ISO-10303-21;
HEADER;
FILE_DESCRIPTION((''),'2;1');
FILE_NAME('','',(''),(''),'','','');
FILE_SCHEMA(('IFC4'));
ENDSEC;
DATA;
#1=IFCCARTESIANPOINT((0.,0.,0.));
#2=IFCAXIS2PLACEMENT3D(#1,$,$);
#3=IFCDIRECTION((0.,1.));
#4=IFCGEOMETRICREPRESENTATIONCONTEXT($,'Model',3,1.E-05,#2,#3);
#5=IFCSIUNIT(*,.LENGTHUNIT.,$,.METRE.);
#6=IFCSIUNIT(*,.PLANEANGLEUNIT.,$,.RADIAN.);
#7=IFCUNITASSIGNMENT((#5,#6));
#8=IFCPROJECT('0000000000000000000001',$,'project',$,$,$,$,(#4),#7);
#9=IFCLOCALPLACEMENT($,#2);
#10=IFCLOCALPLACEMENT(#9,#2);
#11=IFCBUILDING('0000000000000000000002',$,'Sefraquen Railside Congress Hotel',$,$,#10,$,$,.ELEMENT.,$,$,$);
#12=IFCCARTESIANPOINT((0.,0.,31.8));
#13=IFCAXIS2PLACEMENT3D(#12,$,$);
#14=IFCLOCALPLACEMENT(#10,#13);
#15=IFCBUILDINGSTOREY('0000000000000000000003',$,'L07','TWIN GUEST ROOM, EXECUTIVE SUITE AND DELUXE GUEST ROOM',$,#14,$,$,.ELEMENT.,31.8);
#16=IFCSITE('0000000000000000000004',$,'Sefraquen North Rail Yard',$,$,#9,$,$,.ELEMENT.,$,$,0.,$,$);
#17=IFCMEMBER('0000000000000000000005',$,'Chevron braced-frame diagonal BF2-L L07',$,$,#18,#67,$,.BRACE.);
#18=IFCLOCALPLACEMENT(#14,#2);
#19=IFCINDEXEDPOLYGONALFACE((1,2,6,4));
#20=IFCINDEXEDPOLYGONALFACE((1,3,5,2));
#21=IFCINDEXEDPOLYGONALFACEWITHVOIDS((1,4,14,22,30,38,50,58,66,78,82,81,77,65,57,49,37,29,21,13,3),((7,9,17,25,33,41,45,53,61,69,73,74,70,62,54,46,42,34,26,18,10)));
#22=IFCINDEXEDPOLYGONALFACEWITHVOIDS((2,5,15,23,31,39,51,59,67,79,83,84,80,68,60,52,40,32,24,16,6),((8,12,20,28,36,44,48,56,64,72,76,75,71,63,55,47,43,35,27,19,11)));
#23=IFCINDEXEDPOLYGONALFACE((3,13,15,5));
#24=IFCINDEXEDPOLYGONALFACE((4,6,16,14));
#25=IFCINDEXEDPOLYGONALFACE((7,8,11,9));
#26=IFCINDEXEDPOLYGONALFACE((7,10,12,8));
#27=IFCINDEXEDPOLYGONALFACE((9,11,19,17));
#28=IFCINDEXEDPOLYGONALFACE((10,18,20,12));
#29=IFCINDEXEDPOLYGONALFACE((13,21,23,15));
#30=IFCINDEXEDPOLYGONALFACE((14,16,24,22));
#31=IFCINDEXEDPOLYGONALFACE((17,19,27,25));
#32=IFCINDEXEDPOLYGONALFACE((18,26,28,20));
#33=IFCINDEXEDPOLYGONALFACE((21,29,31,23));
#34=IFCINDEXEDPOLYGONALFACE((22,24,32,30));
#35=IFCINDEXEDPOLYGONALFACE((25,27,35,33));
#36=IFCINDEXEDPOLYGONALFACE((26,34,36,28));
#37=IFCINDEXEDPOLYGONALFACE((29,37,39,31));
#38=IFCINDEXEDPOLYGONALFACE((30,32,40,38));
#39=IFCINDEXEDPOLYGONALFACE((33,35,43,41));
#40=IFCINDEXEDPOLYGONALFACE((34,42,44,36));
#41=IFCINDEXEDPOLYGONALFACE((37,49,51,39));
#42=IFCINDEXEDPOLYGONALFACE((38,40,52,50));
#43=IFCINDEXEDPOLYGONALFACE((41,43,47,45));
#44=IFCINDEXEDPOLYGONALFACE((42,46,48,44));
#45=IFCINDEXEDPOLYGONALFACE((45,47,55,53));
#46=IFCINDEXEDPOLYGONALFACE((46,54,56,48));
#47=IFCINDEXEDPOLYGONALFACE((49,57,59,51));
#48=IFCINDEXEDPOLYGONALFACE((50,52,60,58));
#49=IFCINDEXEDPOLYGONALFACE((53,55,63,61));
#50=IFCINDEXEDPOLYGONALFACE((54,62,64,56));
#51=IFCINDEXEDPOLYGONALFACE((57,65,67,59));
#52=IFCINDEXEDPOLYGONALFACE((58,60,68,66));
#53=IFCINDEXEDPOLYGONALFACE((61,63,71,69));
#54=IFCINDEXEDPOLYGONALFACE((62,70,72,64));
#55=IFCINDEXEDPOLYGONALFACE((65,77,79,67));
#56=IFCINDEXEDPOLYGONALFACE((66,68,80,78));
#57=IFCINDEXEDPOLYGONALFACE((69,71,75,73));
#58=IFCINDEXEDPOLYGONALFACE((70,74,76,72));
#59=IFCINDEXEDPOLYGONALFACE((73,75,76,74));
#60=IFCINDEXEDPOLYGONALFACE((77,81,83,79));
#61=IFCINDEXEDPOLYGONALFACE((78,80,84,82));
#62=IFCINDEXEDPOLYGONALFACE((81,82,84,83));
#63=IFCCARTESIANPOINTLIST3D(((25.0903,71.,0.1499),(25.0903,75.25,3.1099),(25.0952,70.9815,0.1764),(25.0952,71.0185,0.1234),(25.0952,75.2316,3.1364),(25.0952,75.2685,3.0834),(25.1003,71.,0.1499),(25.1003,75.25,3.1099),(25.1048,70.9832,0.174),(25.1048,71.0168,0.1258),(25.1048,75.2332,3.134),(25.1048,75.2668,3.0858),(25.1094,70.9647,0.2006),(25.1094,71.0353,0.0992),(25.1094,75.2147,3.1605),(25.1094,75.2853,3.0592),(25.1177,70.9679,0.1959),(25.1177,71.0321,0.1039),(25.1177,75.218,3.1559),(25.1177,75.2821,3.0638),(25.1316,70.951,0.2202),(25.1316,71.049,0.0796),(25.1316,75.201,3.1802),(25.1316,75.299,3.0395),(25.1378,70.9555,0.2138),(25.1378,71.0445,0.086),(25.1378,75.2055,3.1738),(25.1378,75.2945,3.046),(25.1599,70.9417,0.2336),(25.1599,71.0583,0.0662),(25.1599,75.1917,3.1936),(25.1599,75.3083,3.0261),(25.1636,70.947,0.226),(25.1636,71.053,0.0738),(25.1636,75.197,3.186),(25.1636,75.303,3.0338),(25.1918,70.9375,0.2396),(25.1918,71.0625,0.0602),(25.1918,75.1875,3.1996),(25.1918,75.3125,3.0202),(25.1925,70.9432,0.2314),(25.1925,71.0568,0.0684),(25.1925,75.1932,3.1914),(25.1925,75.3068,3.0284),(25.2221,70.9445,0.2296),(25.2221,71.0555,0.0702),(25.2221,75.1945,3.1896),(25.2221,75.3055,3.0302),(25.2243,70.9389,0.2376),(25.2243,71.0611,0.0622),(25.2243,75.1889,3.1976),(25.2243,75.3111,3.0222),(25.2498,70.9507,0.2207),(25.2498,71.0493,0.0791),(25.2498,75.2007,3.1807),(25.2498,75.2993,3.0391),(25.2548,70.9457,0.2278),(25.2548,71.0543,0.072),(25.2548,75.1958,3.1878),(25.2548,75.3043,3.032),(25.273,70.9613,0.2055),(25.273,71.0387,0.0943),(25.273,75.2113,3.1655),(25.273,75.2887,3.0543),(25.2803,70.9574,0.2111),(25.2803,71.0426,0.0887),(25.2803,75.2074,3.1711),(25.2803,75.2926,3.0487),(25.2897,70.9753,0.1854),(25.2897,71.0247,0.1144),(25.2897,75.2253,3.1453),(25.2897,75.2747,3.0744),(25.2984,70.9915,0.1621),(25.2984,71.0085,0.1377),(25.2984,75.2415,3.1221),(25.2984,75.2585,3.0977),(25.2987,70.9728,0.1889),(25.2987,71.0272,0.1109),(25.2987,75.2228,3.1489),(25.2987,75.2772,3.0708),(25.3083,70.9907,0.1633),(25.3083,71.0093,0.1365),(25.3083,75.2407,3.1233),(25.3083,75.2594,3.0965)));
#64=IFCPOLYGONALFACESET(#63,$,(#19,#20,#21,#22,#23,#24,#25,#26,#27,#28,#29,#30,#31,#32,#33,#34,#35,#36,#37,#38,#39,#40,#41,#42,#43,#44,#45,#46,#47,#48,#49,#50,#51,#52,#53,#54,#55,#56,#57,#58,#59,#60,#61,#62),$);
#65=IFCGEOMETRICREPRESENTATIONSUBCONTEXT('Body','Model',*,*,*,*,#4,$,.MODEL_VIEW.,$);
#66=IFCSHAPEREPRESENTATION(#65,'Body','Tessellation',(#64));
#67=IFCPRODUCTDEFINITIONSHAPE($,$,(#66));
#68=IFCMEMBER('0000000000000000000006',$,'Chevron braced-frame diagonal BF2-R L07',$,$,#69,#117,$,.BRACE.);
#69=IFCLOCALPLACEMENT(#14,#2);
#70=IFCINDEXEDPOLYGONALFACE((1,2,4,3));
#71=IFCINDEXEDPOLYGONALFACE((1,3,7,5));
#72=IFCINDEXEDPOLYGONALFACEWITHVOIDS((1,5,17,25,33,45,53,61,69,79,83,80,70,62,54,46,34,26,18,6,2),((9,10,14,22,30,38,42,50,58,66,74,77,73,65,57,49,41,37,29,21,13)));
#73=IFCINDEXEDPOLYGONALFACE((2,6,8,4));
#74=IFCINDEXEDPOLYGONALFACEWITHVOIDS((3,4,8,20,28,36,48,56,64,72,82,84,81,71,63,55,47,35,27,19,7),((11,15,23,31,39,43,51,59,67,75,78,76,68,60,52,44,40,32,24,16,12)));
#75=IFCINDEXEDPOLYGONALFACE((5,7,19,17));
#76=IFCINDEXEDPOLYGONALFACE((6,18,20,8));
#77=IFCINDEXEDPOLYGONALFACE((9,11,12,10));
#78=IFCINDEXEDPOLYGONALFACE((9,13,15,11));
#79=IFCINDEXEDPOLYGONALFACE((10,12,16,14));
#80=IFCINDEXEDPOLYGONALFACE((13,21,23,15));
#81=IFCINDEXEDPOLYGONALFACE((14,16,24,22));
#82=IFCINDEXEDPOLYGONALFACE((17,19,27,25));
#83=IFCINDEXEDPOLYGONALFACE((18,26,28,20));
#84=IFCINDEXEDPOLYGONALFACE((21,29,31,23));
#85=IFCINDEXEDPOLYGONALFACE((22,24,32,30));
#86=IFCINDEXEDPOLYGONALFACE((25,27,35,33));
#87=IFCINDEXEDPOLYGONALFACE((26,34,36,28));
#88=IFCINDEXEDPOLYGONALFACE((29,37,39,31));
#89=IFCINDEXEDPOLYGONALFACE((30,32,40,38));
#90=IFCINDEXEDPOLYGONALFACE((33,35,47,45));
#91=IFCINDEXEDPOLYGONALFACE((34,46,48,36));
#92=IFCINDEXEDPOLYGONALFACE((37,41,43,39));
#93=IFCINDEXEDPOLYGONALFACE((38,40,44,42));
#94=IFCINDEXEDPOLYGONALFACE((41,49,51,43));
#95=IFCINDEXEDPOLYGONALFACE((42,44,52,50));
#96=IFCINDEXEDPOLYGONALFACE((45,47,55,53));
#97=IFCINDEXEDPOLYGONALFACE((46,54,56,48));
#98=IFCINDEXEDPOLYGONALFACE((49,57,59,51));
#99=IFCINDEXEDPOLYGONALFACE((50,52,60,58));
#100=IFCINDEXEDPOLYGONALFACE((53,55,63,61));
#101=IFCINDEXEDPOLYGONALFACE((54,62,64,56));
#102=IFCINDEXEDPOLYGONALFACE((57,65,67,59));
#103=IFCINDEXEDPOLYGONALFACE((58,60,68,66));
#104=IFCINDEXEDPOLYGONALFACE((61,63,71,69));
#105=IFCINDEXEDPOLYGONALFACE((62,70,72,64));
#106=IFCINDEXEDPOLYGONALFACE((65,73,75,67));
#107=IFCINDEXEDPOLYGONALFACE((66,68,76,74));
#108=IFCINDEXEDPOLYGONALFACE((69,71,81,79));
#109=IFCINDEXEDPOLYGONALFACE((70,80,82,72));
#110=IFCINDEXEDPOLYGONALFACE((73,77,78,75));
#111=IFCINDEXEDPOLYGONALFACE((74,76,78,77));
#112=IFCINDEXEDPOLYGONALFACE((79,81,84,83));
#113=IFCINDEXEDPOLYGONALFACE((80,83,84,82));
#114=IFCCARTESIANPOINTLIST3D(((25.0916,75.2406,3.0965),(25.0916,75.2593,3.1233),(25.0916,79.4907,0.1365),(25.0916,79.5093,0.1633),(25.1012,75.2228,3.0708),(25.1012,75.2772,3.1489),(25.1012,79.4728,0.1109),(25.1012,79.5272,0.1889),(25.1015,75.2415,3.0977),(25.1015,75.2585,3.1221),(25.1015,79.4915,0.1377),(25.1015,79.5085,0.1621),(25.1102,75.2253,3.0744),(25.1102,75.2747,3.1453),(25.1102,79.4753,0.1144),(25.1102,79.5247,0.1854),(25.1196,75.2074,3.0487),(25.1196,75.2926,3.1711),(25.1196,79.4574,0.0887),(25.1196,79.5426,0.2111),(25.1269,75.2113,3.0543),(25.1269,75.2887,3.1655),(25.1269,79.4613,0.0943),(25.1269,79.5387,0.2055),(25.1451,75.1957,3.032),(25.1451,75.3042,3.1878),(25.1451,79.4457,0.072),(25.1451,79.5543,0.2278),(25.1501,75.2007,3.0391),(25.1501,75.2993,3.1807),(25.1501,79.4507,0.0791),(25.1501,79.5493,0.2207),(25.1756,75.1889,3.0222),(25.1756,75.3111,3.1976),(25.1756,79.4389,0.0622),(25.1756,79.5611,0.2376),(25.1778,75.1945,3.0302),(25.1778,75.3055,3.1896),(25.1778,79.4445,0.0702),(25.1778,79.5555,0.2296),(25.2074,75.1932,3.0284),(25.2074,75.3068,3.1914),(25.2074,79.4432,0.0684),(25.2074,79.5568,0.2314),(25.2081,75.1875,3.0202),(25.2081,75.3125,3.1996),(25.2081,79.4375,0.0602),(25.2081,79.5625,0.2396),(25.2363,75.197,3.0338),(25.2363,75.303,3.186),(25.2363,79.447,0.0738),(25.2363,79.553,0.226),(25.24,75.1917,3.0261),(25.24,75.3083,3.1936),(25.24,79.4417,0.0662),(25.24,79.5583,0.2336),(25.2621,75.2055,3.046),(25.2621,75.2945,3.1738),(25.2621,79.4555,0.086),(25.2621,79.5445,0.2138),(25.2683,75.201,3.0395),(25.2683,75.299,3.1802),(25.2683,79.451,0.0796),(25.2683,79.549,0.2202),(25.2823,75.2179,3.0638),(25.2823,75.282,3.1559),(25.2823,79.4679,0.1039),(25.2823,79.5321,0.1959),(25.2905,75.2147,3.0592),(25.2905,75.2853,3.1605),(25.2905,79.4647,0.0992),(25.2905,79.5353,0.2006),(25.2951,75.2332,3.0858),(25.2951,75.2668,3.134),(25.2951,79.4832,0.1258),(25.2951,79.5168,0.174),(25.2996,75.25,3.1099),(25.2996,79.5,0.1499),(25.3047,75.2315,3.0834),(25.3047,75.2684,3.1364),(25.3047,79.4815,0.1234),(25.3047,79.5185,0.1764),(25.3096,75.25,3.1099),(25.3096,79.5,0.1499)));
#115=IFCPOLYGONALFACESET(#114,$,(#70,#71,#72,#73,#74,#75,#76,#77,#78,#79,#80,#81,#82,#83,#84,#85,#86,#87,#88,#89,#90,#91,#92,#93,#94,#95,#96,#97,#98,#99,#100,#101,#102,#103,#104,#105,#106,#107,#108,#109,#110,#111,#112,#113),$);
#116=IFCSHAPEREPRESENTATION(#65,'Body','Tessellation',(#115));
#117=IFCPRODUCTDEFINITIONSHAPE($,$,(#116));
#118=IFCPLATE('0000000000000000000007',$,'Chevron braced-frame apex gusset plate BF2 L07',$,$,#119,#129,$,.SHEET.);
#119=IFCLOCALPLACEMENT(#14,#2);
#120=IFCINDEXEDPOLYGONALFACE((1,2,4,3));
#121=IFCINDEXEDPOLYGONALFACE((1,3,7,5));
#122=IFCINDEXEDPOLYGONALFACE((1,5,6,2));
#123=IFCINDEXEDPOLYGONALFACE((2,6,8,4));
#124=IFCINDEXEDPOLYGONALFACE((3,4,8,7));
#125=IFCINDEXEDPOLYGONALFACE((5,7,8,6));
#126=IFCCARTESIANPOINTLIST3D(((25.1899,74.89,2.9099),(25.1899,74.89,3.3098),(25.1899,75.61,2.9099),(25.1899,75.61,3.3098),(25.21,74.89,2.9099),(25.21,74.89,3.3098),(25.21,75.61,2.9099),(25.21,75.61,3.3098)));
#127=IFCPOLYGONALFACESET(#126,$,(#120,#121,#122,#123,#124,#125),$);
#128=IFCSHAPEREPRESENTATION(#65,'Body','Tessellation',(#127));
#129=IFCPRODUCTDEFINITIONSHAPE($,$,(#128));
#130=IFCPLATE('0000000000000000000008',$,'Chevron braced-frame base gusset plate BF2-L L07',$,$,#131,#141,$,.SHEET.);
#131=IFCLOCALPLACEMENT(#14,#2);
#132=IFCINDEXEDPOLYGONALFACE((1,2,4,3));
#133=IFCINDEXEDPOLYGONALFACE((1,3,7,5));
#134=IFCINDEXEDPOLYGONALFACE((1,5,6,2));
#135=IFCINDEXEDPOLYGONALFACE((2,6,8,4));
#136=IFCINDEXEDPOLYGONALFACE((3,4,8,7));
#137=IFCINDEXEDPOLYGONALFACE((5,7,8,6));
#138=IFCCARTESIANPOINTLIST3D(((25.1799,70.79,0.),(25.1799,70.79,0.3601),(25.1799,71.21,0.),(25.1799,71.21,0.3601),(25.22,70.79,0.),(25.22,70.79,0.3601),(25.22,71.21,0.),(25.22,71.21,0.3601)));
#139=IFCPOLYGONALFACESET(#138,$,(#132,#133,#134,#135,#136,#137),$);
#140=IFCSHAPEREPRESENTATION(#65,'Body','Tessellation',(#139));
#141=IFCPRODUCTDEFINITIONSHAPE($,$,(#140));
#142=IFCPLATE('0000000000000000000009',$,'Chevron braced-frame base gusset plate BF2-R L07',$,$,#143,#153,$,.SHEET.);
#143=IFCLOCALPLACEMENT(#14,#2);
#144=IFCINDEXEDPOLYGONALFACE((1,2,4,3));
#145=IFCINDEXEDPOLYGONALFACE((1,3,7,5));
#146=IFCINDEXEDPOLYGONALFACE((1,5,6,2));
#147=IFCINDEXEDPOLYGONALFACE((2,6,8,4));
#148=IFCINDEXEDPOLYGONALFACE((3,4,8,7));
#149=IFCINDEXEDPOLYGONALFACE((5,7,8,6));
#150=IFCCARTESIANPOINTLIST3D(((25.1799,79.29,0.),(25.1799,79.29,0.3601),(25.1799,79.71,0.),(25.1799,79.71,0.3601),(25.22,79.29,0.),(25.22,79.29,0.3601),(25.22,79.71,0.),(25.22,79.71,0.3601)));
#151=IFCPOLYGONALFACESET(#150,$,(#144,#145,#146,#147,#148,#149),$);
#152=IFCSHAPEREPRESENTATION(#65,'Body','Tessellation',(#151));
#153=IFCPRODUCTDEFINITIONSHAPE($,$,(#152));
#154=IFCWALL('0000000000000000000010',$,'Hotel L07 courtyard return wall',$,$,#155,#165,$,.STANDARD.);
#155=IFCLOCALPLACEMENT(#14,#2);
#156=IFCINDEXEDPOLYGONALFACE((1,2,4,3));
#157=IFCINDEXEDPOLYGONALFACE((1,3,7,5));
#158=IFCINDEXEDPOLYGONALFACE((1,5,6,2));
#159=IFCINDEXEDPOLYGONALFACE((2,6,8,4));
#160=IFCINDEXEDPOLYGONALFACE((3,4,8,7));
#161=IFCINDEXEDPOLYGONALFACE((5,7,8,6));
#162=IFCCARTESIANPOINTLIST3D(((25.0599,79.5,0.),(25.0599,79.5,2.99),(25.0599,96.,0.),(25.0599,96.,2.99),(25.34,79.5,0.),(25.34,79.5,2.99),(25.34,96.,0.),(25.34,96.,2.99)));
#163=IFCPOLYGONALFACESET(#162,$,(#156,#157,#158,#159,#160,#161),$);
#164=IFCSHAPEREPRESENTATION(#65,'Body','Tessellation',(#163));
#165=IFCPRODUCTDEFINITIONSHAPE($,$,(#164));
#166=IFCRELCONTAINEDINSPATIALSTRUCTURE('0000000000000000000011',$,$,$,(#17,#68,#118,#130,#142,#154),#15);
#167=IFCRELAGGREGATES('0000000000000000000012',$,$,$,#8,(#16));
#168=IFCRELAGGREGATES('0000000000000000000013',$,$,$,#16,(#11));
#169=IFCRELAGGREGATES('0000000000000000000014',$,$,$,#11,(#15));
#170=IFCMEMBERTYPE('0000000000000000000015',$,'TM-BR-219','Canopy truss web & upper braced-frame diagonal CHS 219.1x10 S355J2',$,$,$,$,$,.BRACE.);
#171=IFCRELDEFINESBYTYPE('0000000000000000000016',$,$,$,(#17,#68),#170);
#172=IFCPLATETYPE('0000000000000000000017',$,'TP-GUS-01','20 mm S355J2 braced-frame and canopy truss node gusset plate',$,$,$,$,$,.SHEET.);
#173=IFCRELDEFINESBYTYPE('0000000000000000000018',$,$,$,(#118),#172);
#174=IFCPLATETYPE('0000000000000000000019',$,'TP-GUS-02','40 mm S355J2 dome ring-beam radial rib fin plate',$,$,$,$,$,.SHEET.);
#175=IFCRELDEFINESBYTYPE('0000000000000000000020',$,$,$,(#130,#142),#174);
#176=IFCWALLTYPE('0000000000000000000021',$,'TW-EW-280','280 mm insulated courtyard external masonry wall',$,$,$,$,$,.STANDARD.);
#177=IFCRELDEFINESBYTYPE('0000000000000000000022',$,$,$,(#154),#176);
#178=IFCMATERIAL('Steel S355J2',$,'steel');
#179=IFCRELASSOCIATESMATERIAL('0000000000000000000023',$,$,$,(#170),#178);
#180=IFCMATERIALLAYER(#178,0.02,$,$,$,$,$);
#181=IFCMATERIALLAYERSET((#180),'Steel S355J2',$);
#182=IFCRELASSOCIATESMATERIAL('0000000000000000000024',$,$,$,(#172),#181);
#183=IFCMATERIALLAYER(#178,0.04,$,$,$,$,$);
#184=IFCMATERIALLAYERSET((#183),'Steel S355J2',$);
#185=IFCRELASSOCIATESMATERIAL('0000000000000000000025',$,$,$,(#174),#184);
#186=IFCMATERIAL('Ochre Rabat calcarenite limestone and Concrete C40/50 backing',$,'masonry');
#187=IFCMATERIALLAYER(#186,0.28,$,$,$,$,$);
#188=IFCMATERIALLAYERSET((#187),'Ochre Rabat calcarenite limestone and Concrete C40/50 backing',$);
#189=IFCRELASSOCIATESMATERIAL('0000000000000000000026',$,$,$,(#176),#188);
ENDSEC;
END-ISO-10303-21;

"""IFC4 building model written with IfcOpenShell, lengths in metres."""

from ifc_helpers import new_model, si_unit, direction, frame, frame_2d, origin, origin_2d, place, context, subcontext, project, spatial, rectangle, hollow_circle, extrude, material, layer, layer_set, material_profile, profile_set, type_object, element, save


model = new_model("IFC4")

# Units and contexts
model_context = context("Model", 3, precision=1e-05, world=origin(), true_north=direction((0.0, 1.0)))
body_context = subcontext(model_context, "Body", "Model", "MODEL_VIEW")
ifc_project = project(units=[si_unit("LENGTHUNIT", "METRE"), si_unit("PLANEANGLEUNIT", "RADIAN")], contexts=[model_context])

# Site, building, storey
site_placement = place(None, origin())
site = spatial("IfcSite", under=ifc_project, at=site_placement, Name="Sefraquen North Rail Yard", CompositionType="ELEMENT", RefElevation=0.0)
building_placement = place(site_placement, origin())
building = spatial("IfcBuilding", under=site, at=building_placement, Name="Sefraquen Railside Congress Hotel", CompositionType="ELEMENT")
storey_placement = place(building_placement, frame((0.0, 0.0, 31.8)))
storey = spatial("IfcBuildingStorey", under=building, at=storey_placement, Name="L07", Description="TWIN GUEST ROOM, EXECUTIVE SUITE AND DELUXE GUEST ROOM", CompositionType="ELEMENT", Elevation=31.8)

# Members
ifc_material_1 = material(Name="Steel S355J2", Category="steel")
ifc_material_profile_1 = material_profile(ifc_material_1, hollow_circle(Radius=0.1096, WallThickness=0.01, at=origin_2d()), Name="CHS 219.1x10")
ifc_profile_set_1 = profile_set([ifc_material_profile_1], Name="Steel S355J2")
member_type = type_object("IfcMemberType", Name="TM-BR-219", Description="Canopy truss web & upper braced-frame diagonal CHS 219.1x10 S355J2", PredefinedType="BRACE", material=ifc_profile_set_1)
for number, where, z_axis, x_axis, name in (
    (1, (25.2, 71.0, 0.1499), (0.0, 0.820594, 0.571512), (-1.0, 0.0, 0.0), "Chevron braced-frame diagonal BF2-L L07"),
    (2, (25.2, 79.5, 0.1499), (0.0, -0.820594, 0.571512), (1.0, 0.0, 0.0), "Chevron braced-frame diagonal BF2-R L07"),
):
    element("IfcMember", number, at=place(storey_placement, frame(where, z_axis=z_axis, x_axis=x_axis)), inside=storey, type_object=member_type, Name=name, PredefinedType="BRACE", context=body_context, shape_type="SweptSolid", body=[
        extrude(hollow_circle(Radius=0.1096, WallThickness=0.01, at=origin_2d()), origin(), (0.0, 0.0, 1.0), 5.1792),
    ])

# Plates
ifc_layer_1 = layer(ifc_material_1, 0.02)
ifc_layer_set_1 = layer_set([ifc_layer_1], Name="Steel S355J2")
plate_type_1 = type_object("IfcPlateType", Name="TP-GUS-01", Description="20 mm S355J2 braced-frame and canopy truss node gusset plate", PredefinedType="SHEET", material=ifc_layer_set_1)
plate_placement = place(storey_placement, frame((25.2, 75.25, 2.9099), z_axis=(0.0, 0.0, 1.0), x_axis=(0.0, 1.0, 0.0)))
element("IfcPlate", 3, at=plate_placement, inside=storey, type_object=plate_type_1, Name="Chevron braced-frame apex gusset plate BF2 L07", PredefinedType="SHEET", context=body_context, shape_type="SweptSolid", body=[
    extrude(rectangle(XDim=0.72, YDim=0.02, at=origin_2d()), origin(), (0.0, 0.0, 1.0), 0.3999),
])
ifc_layer_2 = layer(ifc_material_1, 0.04)
ifc_layer_set_2 = layer_set([ifc_layer_2], Name="Steel S355J2")
plate_type_2 = type_object("IfcPlateType", Name="TP-GUS-02", Description="40 mm S355J2 dome ring-beam radial rib fin plate", PredefinedType="SHEET", material=ifc_layer_set_2)
for number, where, z_axis, x_axis, name in (
    (4, (25.2, 71.0, 0.0), (0.0, 0.0, 1.0), (0.0, 1.0, 0.0), "Chevron braced-frame base gusset plate BF2-L L07"),
    (5, (25.2, 79.5, 0.0), (0.0, 0.0, 1.0), (0.0, 1.0, 0.0), "Chevron braced-frame base gusset plate BF2-R L07"),
):
    element("IfcPlate", number, at=place(storey_placement, frame(where, z_axis=z_axis, x_axis=x_axis)), inside=storey, type_object=plate_type_2, Name=name, PredefinedType="SHEET", context=body_context, shape_type="SweptSolid", body=[
        extrude(rectangle(XDim=0.4199, YDim=0.04, at=origin_2d()), origin(), (0.0, 0.0, 1.0), 0.3601),
    ])

# Wall
ifc_material_2 = material(Name="Ochre Rabat calcarenite limestone and Concrete C40/50 backing", Category="masonry")
ifc_layer_3 = layer(ifc_material_2, 0.28)
ifc_layer_set_3 = layer_set([ifc_layer_3], Name="Ochre Rabat calcarenite limestone and Concrete C40/50 backing")
wall_type = type_object("IfcWallType", Name="TW-EW-280", Description="280 mm insulated courtyard external masonry wall", PredefinedType="STANDARD", material=ifc_layer_set_3)
wall_placement = place(storey_placement, frame((25.2, 79.5, 0.0), z_axis=(0.0, 0.0, 1.0), x_axis=(0.0, 1.0, 0.0)))
element("IfcWall", 6, at=wall_placement, inside=storey, type_object=wall_type, Name="Hotel L07 courtyard return wall", PredefinedType="STANDARD", context=body_context, shape_type="SweptSolid", body=[
    extrude(rectangle(XDim=16.5, YDim=0.28, at=frame_2d((8.25, 0.0))), origin(), (0.0, 0.0, 1.0), 2.99),
])

save(model, "model.ifc")
